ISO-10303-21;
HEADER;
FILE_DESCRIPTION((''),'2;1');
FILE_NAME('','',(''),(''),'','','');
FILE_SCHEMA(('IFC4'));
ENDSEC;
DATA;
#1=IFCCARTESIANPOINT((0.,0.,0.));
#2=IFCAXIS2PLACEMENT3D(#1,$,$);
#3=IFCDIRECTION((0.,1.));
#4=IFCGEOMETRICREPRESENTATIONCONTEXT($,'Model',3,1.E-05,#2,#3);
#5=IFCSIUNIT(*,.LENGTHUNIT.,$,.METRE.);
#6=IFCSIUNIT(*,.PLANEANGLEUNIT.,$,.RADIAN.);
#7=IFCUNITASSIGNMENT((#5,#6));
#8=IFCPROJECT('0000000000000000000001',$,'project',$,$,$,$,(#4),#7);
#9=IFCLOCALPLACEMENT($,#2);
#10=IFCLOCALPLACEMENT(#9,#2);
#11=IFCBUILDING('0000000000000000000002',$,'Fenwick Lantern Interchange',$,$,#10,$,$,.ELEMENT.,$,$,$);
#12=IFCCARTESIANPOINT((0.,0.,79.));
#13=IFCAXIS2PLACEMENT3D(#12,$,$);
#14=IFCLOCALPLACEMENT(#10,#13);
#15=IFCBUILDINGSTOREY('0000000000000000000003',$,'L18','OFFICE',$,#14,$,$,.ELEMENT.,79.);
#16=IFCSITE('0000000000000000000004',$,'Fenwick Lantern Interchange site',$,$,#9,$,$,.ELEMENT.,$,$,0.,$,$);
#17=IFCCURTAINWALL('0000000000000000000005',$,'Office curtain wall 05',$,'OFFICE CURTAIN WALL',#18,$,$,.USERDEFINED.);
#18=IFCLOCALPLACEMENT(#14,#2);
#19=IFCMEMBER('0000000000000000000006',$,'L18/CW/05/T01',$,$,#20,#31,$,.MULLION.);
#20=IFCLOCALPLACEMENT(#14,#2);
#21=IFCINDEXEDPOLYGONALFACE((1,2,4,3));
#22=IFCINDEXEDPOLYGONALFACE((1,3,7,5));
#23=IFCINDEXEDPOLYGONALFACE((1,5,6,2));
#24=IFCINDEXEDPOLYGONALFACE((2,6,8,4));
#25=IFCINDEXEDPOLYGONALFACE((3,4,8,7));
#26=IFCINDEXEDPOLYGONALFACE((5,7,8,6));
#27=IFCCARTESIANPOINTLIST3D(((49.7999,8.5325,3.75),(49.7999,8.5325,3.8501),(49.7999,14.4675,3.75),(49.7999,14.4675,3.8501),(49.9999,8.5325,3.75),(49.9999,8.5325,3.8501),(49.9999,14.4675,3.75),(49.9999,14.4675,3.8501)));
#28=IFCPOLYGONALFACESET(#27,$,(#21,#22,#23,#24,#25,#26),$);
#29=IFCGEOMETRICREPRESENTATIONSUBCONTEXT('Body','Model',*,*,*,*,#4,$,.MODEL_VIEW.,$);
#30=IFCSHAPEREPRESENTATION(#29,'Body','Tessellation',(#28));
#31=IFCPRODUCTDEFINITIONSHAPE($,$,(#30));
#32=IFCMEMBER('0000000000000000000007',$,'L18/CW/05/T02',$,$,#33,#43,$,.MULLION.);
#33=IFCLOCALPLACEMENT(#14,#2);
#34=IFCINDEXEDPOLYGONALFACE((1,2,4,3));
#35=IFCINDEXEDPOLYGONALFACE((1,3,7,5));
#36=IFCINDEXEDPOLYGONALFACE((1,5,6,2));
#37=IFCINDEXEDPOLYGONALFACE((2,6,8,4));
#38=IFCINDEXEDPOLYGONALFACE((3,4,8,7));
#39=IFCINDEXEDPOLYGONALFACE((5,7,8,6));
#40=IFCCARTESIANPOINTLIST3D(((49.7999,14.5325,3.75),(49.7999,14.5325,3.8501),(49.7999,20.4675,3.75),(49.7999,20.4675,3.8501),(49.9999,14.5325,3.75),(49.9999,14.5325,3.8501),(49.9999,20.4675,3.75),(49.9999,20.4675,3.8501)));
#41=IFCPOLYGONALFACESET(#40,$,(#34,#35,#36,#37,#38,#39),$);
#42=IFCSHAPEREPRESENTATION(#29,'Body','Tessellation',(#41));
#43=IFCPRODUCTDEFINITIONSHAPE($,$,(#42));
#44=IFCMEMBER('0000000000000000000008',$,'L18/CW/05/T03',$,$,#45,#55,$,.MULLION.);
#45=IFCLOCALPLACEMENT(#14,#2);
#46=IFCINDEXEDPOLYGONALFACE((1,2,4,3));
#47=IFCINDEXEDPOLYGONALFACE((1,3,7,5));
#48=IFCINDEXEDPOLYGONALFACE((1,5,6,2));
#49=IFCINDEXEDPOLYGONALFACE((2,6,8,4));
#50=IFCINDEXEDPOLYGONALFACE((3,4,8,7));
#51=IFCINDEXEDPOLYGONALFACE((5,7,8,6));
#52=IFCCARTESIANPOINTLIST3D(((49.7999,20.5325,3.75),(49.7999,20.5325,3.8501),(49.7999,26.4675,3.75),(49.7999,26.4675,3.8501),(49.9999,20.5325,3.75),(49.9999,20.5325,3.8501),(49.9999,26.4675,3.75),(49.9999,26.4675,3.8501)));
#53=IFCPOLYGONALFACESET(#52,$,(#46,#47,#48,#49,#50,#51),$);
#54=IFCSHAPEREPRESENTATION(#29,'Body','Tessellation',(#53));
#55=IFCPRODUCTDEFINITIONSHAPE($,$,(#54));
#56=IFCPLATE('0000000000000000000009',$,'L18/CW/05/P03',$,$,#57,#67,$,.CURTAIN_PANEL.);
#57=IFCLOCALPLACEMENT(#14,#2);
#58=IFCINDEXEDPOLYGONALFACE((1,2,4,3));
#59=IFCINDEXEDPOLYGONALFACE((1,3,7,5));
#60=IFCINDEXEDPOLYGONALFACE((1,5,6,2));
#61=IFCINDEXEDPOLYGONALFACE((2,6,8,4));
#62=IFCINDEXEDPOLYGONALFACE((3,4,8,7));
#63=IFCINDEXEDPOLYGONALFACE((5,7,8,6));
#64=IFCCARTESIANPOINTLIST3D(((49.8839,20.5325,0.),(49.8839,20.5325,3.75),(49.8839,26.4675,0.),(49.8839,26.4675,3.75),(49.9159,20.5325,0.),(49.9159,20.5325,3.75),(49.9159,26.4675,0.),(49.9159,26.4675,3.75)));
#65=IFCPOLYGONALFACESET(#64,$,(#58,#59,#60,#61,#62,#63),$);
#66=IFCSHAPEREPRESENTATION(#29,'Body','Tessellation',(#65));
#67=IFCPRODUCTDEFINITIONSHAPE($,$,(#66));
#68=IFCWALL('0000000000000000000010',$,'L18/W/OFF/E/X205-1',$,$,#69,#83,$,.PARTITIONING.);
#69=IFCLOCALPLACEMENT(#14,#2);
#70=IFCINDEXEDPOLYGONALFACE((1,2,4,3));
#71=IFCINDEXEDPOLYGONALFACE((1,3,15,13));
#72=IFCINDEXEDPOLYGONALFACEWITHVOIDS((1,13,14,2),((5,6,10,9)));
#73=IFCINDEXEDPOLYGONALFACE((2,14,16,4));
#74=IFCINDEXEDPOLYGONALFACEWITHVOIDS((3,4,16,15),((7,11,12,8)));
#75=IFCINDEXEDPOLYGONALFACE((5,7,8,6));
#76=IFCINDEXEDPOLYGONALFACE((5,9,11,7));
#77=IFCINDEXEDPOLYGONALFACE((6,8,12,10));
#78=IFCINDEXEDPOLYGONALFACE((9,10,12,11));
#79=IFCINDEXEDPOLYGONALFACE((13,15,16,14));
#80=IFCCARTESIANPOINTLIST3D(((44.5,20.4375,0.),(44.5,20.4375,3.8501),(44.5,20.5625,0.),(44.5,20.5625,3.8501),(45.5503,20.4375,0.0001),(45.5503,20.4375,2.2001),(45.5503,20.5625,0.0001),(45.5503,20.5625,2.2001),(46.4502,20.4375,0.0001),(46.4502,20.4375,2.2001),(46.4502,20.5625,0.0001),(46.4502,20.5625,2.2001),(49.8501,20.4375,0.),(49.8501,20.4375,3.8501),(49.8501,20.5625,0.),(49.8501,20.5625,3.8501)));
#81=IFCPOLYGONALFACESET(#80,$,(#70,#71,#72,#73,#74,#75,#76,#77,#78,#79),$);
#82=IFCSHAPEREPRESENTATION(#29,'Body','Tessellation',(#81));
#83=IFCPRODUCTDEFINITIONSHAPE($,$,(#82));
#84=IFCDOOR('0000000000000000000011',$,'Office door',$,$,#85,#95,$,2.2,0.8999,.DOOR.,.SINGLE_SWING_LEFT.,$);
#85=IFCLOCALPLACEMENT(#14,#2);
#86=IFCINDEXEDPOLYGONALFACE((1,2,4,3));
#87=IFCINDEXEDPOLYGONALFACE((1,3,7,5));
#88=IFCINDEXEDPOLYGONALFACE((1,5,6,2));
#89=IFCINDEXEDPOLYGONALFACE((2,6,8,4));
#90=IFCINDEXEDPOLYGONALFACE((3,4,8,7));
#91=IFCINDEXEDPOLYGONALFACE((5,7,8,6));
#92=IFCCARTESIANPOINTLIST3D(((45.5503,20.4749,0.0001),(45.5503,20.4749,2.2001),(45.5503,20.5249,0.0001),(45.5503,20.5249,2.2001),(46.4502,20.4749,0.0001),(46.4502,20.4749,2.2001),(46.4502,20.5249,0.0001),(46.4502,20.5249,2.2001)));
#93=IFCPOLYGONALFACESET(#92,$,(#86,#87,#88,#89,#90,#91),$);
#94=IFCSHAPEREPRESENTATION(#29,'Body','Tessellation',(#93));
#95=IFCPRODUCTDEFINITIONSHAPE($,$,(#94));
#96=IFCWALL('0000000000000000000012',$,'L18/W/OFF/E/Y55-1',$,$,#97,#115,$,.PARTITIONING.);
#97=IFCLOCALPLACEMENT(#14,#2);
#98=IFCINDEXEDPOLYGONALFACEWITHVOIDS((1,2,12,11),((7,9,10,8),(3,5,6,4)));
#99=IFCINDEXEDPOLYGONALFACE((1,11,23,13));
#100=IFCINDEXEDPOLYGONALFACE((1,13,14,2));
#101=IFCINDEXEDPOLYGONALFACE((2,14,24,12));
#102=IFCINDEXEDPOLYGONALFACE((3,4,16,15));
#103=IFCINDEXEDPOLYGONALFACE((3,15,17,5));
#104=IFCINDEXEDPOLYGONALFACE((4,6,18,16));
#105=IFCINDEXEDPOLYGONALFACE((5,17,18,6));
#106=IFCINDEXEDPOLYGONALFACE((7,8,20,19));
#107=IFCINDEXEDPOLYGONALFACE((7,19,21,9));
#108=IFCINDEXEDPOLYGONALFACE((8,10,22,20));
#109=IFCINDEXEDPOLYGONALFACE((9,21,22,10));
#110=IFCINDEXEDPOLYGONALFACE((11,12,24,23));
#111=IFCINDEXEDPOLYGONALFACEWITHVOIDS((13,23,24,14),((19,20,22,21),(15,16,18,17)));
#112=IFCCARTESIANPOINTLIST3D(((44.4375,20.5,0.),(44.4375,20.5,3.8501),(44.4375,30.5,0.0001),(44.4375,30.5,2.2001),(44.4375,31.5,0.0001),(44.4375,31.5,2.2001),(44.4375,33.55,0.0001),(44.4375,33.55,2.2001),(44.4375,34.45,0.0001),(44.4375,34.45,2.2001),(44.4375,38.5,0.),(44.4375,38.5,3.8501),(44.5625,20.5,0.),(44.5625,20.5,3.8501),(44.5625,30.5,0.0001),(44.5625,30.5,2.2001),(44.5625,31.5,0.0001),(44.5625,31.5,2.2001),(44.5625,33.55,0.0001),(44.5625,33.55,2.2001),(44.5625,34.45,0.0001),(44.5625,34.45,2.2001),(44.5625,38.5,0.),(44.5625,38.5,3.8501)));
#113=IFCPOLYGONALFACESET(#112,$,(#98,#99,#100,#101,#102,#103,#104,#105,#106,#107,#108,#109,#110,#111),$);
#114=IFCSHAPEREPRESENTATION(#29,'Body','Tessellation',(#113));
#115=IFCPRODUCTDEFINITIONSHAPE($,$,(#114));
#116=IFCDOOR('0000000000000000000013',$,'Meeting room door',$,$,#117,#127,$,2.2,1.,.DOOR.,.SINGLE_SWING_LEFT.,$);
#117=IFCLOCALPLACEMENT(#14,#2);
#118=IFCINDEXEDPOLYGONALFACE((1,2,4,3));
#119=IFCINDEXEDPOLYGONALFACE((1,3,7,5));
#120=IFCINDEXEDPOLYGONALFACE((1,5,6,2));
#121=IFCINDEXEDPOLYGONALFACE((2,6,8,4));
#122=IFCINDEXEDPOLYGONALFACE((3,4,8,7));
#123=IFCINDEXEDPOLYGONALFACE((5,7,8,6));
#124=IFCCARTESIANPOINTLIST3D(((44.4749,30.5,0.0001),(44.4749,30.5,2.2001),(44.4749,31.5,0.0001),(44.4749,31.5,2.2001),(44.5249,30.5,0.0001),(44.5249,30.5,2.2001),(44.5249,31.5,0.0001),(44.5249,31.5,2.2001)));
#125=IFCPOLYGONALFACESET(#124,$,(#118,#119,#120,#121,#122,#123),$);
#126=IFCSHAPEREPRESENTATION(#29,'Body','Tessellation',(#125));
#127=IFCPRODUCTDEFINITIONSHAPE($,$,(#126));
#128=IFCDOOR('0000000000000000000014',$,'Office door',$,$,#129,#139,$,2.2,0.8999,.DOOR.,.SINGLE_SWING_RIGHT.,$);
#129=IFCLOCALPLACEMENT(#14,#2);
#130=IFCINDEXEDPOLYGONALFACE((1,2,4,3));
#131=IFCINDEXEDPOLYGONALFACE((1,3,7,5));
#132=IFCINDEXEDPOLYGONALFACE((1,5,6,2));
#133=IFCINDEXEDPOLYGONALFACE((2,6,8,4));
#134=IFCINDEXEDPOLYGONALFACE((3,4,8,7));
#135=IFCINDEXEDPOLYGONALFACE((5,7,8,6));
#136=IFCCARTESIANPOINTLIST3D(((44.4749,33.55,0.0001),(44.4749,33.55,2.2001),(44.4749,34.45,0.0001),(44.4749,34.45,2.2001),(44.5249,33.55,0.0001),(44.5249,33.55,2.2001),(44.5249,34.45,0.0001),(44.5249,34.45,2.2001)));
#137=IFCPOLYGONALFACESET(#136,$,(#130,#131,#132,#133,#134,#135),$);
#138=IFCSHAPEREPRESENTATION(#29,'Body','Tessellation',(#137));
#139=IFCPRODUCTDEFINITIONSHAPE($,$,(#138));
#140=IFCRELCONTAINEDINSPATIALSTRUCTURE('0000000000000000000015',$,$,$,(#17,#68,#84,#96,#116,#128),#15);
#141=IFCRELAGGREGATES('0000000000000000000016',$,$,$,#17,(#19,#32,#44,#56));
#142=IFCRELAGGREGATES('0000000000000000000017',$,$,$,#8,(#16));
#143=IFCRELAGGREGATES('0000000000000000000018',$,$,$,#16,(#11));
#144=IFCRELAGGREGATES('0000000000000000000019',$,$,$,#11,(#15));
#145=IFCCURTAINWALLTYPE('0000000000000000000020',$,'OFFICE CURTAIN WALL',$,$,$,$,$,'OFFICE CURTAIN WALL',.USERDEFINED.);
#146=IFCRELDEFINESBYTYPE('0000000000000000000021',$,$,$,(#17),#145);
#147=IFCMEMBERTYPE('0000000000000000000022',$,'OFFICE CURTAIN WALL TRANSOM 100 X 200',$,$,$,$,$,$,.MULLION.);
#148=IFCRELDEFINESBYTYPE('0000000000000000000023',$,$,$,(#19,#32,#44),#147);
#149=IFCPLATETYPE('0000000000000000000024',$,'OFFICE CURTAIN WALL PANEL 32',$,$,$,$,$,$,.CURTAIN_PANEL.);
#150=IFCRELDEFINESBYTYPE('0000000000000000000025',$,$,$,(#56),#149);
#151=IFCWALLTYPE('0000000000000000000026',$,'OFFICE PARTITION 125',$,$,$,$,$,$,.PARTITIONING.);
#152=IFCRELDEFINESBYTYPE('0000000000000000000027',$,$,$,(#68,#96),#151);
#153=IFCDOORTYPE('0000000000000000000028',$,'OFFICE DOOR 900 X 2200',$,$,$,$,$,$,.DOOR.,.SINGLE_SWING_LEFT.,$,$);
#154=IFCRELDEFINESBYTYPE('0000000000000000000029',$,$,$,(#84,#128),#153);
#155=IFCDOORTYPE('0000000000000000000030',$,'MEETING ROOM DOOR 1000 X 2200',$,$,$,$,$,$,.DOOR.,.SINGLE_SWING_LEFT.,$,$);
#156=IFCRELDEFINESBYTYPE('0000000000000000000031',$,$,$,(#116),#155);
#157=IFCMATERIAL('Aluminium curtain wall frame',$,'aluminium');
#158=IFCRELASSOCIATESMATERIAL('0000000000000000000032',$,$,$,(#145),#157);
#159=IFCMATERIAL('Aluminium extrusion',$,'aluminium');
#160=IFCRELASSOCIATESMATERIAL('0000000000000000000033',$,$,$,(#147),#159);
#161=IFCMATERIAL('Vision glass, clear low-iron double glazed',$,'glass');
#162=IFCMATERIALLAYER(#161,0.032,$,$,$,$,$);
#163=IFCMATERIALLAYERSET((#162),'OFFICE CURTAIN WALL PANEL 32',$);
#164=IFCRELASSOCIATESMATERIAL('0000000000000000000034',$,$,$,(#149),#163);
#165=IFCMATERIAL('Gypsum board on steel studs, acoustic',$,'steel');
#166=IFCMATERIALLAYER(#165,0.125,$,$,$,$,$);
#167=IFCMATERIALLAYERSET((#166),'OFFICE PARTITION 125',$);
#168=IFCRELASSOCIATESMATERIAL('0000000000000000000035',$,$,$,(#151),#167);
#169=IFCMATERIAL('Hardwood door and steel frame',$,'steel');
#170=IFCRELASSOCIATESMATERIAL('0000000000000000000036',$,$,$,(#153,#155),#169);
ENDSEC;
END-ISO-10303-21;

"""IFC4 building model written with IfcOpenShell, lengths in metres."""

from ifc_helpers import new_model, si_unit, direction, frame, frame_2d, origin, origin_2d, place, context, subcontext, project, spatial, rectangle, extrude, material, layer, layer_set, material_profile, profile_set, type_object, element, fill, aggregate, save


model = new_model("IFC4")

# Units and contexts
model_context = context("Model", 3, precision=1e-05, world=origin(), true_north=direction((0.0, 1.0)))
body_context = subcontext(model_context, "Body", "Model", "MODEL_VIEW")
ifc_project = project(units=[si_unit("LENGTHUNIT", "METRE"), si_unit("PLANEANGLEUNIT", "RADIAN")], contexts=[model_context])

# Site, building, storey
site_placement = place(None, origin())
site = spatial("IfcSite", under=ifc_project, at=site_placement, Name="Fenwick Lantern Interchange site", CompositionType="ELEMENT", RefElevation=0.0)
building_placement = place(site_placement, origin())
building = spatial("IfcBuilding", under=site, at=building_placement, Name="Fenwick Lantern Interchange", CompositionType="ELEMENT")
storey_placement = place(building_placement, frame((0.0, 0.0, 79.0)))
storey = spatial("IfcBuildingStorey", under=building, at=storey_placement, Name="L18", Description="OFFICE", CompositionType="ELEMENT", Elevation=79.0)

# Curtain wall, members, plate
ifc_material_1 = material(Name="Aluminium curtain wall frame", Category="aluminium")
curtain_wall_type = type_object("IfcCurtainWallType", Name="OFFICE CURTAIN WALL", ElementType="OFFICE CURTAIN WALL", PredefinedType="USERDEFINED", material=ifc_material_1)
curtain_wall_placement = place(storey_placement, origin())
curtain_wall = element("IfcCurtainWall", 1, at=curtain_wall_placement, inside=storey, type_object=curtain_wall_type, Name="Office curtain wall 05", ObjectType="OFFICE CURTAIN WALL", PredefinedType="USERDEFINED")
ifc_material_2 = material(Name="Aluminium extrusion", Category="aluminium")
ifc_material_profile_1 = material_profile(ifc_material_2, rectangle(XDim=0.2, YDim=0.1001, at=origin_2d()), Name="OFFICE CURTAIN WALL TRANSOM 100 X 200")
ifc_profile_set_1 = profile_set([ifc_material_profile_1], Name="Aluminium extrusion")
member_type_1 = type_object("IfcMemberType", Name="OFFICE CURTAIN WALL TRANSOM 100 X 200", PredefinedType="MULLION", material=ifc_profile_set_1)
member_1_placement = place(storey_placement, frame((49.8999, 8.5325, 3.8), z_axis=(0.0, 1.0, 0.0), x_axis=(-1.0, 0.0, 0.0)))
member_1 = element("IfcMember", 2, at=member_1_placement, type_object=member_type_1, Name="L18/CW/05/T01", PredefinedType="MULLION", context=body_context, shape_type="SweptSolid", body=[
    extrude(rectangle(XDim=0.2, YDim=0.1001, at=origin_2d()), origin(), (0.0, 0.0, 1.0), 5.9351),
])
member_2_placement = place(storey_placement, frame((49.8999, 14.5325, 3.8), z_axis=(0.0, 1.0, 0.0), x_axis=(-1.0, 0.0, 0.0)))
member_2 = element("IfcMember", 3, at=member_2_placement, type_object=member_type_1, Name="L18/CW/05/T02", PredefinedType="MULLION", context=body_context, shape_type="SweptSolid", body=[
    extrude(rectangle(XDim=0.2, YDim=0.1001, at=origin_2d()), origin(), (0.0, 0.0, 1.0), 5.9351),
])
member_3_placement = place(storey_placement, frame((49.8999, 20.5325, 3.8), z_axis=(0.0, 1.0, 0.0), x_axis=(-1.0, 0.0, 0.0)))
member_3 = element("IfcMember", 4, at=member_3_placement, type_object=member_type_1, Name="L18/CW/05/T03", PredefinedType="MULLION", context=body_context, shape_type="SweptSolid", body=[
    extrude(rectangle(XDim=0.2, YDim=0.1001, at=origin_2d()), origin(), (0.0, 0.0, 1.0), 5.9351),
])
ifc_material_3 = material(Name="Vision glass, clear low-iron double glazed", Category="glass")
ifc_layer_1 = layer(ifc_material_3, 0.032)
ifc_layer_set_1 = layer_set([ifc_layer_1], Name="OFFICE CURTAIN WALL PANEL 32")
plate_type = type_object("IfcPlateType", Name="OFFICE CURTAIN WALL PANEL 32", PredefinedType="CURTAIN_PANEL", material=ifc_layer_set_1)
plate_1_placement = place(storey_placement, frame((49.8999, 23.5, 0.0), z_axis=(0.0, 0.0, 1.0), x_axis=(0.0, 1.0, 0.0)))
plate_1 = element("IfcPlate", 5, at=plate_1_placement, type_object=plate_type, Name="L18/CW/05/P03", PredefinedType="CURTAIN_PANEL", context=body_context, shape_type="SweptSolid", body=[
    extrude(rectangle(XDim=5.9351, YDim=0.032, at=origin_2d()), origin(), (0.0, 0.0, 1.0), 3.75),
])
aggregate(curtain_wall, [member_1, member_2, member_3, plate_1])

# Wall, opening, door
ifc_material_4 = material(Name="Gypsum board on steel studs, acoustic", Category="steel")
ifc_layer_2 = layer(ifc_material_4, 0.125)
ifc_layer_set_2 = layer_set([ifc_layer_2], Name="OFFICE PARTITION 125")
wall_type = type_object("IfcWallType", Name="OFFICE PARTITION 125", PredefinedType="PARTITIONING", material=ifc_layer_set_2)
wall_1_placement = place(storey_placement, frame((49.8501, 20.5, 0.0), z_axis=(0.0, 0.0, 1.0), x_axis=(-1.0, 0.0, 0.0)))
wall_1 = element("IfcWall", 6, at=wall_1_placement, inside=storey, type_object=wall_type, Name="L18/W/OFF/E/X205-1", PredefinedType="PARTITIONING", context=body_context, shape_type="SweptSolid", body=[
    extrude(rectangle(XDim=5.3501, YDim=0.125, at=frame_2d((2.675, 0.0))), origin(), (0.0, 0.0, 1.0), 3.8501),
])
opening_1_placement = place(wall_1_placement, frame((3.3999, 0.0, 0.0)))
opening_1 = element("IfcOpeningElement", 7, at=opening_1_placement, cuts=wall_1, PredefinedType="OPENING", context=body_context, shape_type="SweptSolid", body=[
    extrude(rectangle(XDim=0.8999, YDim=2.2, at=frame_2d((0.45, 1.1001))), frame((0.0, 0.0725, 0.0), z_axis=(0.0, -1.0, 0.0), x_axis=(1.0, 0.0, 0.0)), (0.0, 0.0, 1.0), 0.145),
])
ifc_material_5 = material(Name="Hardwood door and steel frame", Category="steel")
door_type_1 = type_object("IfcDoorType", Name="OFFICE DOOR 900 X 2200", OperationType="SINGLE_SWING_LEFT", PredefinedType="DOOR", material=ifc_material_5)
door_1_placement = place(opening_1_placement, frame((0.8999, 0.0, 0.0), z_axis=(0.0, 0.0, 1.0), x_axis=(-1.0, 0.0, 0.0)))
door_1 = element("IfcDoor", 8, at=door_1_placement, inside=storey, type_object=door_type_1, Name="Office door", OperationType="SINGLE_SWING_LEFT", OverallHeight=2.2, OverallWidth=0.8999, PredefinedType="DOOR", context=body_context, shape_type="SweptSolid", body=[
    extrude(rectangle(XDim=0.8999, YDim=2.2, at=frame_2d((0.45, 1.1001))), frame((0.0, 0.0249, 0.0), z_axis=(0.0, -1.0, 0.0), x_axis=(1.0, 0.0, 0.0)), (0.0, 0.0, 1.0), 0.05),
])
fill(opening_1, door_1)

# Wall, openings, doors
wall_2_placement = place(storey_placement, frame((44.5, 20.5, 0.0), z_axis=(0.0, 0.0, 1.0), x_axis=(0.0, 1.0, 0.0)))
wall_2 = element("IfcWall", 9, at=wall_2_placement, inside=storey, type_object=wall_type, Name="L18/W/OFF/E/Y55-1", PredefinedType="PARTITIONING", context=body_context, shape_type="SweptSolid", body=[
    extrude(rectangle(XDim=18.0, YDim=0.125, at=frame_2d((9.0, 0.0))), origin(), (0.0, 0.0, 1.0), 3.8501),
])
opening_2_placement = place(wall_2_placement, frame((10.0, 0.0, 0.0)))
opening_2 = element("IfcOpeningElement", 10, at=opening_2_placement, cuts=wall_2, PredefinedType="OPENING", context=body_context, shape_type="SweptSolid", body=[
    extrude(rectangle(XDim=1.0, YDim=2.2, at=frame_2d((0.5, 1.1001))), frame((0.0, 0.0725, 0.0), z_axis=(0.0, -1.0, 0.0), x_axis=(1.0, 0.0, 0.0)), (0.0, 0.0, 1.0), 0.145),
])
opening_3_placement = place(wall_2_placement, frame((13.05, 0.0, 0.0)))
opening_3 = element("IfcOpeningElement", 11, at=opening_3_placement, cuts=wall_2, PredefinedType="OPENING", context=body_context, shape_type="SweptSolid", body=[
    extrude(rectangle(XDim=0.8999, YDim=2.2, at=frame_2d((0.45, 1.1001))), frame((0.0, 0.0725, 0.0), z_axis=(0.0, -1.0, 0.0), x_axis=(1.0, 0.0, 0.0)), (0.0, 0.0, 1.0), 0.145),
])
door_type_2 = type_object("IfcDoorType", Name="MEETING ROOM DOOR 1000 X 2200", OperationType="SINGLE_SWING_LEFT", PredefinedType="DOOR", material=ifc_material_5)
door_2_placement = place(opening_2_placement, frame((1.0, 0.0, 0.0), z_axis=(0.0, 0.0, 1.0), x_axis=(-1.0, 0.0, 0.0)))
door_2 = element("IfcDoor", 12, at=door_2_placement, inside=storey, type_object=door_type_2, Name="Meeting room door", OperationType="SINGLE_SWING_LEFT", OverallHeight=2.2, OverallWidth=1.0, PredefinedType="DOOR", context=body_context, shape_type="SweptSolid", body=[
    extrude(rectangle(XDim=1.0, YDim=2.2, at=frame_2d((0.5, 1.1001))), frame((0.0, 0.0249, 0.0), z_axis=(0.0, -1.0, 0.0), x_axis=(1.0, 0.0, 0.0)), (0.0, 0.0, 1.0), 0.05),
])
fill(opening_2, door_2)
door_3_placement = place(opening_3_placement, frame((0.8999, 0.0, 0.0), z_axis=(0.0, 0.0, 1.0), x_axis=(-1.0, 0.0, 0.0)))
door_3 = element("IfcDoor", 13, at=door_3_placement, inside=storey, type_object=door_type_1, Name="Office door", OperationType="SINGLE_SWING_RIGHT", OverallHeight=2.2, OverallWidth=0.8999, PredefinedType="DOOR", context=body_context, shape_type="SweptSolid", body=[
    extrude(rectangle(XDim=0.8999, YDim=2.2, at=frame_2d((0.45, 1.1001))), frame((0.0, 0.0249, 0.0), z_axis=(0.0, -1.0, 0.0), x_axis=(1.0, 0.0, 0.0)), (0.0, 0.0, 1.0), 0.05),
])
fill(opening_3, door_3)

save(model, "model.ifc")
